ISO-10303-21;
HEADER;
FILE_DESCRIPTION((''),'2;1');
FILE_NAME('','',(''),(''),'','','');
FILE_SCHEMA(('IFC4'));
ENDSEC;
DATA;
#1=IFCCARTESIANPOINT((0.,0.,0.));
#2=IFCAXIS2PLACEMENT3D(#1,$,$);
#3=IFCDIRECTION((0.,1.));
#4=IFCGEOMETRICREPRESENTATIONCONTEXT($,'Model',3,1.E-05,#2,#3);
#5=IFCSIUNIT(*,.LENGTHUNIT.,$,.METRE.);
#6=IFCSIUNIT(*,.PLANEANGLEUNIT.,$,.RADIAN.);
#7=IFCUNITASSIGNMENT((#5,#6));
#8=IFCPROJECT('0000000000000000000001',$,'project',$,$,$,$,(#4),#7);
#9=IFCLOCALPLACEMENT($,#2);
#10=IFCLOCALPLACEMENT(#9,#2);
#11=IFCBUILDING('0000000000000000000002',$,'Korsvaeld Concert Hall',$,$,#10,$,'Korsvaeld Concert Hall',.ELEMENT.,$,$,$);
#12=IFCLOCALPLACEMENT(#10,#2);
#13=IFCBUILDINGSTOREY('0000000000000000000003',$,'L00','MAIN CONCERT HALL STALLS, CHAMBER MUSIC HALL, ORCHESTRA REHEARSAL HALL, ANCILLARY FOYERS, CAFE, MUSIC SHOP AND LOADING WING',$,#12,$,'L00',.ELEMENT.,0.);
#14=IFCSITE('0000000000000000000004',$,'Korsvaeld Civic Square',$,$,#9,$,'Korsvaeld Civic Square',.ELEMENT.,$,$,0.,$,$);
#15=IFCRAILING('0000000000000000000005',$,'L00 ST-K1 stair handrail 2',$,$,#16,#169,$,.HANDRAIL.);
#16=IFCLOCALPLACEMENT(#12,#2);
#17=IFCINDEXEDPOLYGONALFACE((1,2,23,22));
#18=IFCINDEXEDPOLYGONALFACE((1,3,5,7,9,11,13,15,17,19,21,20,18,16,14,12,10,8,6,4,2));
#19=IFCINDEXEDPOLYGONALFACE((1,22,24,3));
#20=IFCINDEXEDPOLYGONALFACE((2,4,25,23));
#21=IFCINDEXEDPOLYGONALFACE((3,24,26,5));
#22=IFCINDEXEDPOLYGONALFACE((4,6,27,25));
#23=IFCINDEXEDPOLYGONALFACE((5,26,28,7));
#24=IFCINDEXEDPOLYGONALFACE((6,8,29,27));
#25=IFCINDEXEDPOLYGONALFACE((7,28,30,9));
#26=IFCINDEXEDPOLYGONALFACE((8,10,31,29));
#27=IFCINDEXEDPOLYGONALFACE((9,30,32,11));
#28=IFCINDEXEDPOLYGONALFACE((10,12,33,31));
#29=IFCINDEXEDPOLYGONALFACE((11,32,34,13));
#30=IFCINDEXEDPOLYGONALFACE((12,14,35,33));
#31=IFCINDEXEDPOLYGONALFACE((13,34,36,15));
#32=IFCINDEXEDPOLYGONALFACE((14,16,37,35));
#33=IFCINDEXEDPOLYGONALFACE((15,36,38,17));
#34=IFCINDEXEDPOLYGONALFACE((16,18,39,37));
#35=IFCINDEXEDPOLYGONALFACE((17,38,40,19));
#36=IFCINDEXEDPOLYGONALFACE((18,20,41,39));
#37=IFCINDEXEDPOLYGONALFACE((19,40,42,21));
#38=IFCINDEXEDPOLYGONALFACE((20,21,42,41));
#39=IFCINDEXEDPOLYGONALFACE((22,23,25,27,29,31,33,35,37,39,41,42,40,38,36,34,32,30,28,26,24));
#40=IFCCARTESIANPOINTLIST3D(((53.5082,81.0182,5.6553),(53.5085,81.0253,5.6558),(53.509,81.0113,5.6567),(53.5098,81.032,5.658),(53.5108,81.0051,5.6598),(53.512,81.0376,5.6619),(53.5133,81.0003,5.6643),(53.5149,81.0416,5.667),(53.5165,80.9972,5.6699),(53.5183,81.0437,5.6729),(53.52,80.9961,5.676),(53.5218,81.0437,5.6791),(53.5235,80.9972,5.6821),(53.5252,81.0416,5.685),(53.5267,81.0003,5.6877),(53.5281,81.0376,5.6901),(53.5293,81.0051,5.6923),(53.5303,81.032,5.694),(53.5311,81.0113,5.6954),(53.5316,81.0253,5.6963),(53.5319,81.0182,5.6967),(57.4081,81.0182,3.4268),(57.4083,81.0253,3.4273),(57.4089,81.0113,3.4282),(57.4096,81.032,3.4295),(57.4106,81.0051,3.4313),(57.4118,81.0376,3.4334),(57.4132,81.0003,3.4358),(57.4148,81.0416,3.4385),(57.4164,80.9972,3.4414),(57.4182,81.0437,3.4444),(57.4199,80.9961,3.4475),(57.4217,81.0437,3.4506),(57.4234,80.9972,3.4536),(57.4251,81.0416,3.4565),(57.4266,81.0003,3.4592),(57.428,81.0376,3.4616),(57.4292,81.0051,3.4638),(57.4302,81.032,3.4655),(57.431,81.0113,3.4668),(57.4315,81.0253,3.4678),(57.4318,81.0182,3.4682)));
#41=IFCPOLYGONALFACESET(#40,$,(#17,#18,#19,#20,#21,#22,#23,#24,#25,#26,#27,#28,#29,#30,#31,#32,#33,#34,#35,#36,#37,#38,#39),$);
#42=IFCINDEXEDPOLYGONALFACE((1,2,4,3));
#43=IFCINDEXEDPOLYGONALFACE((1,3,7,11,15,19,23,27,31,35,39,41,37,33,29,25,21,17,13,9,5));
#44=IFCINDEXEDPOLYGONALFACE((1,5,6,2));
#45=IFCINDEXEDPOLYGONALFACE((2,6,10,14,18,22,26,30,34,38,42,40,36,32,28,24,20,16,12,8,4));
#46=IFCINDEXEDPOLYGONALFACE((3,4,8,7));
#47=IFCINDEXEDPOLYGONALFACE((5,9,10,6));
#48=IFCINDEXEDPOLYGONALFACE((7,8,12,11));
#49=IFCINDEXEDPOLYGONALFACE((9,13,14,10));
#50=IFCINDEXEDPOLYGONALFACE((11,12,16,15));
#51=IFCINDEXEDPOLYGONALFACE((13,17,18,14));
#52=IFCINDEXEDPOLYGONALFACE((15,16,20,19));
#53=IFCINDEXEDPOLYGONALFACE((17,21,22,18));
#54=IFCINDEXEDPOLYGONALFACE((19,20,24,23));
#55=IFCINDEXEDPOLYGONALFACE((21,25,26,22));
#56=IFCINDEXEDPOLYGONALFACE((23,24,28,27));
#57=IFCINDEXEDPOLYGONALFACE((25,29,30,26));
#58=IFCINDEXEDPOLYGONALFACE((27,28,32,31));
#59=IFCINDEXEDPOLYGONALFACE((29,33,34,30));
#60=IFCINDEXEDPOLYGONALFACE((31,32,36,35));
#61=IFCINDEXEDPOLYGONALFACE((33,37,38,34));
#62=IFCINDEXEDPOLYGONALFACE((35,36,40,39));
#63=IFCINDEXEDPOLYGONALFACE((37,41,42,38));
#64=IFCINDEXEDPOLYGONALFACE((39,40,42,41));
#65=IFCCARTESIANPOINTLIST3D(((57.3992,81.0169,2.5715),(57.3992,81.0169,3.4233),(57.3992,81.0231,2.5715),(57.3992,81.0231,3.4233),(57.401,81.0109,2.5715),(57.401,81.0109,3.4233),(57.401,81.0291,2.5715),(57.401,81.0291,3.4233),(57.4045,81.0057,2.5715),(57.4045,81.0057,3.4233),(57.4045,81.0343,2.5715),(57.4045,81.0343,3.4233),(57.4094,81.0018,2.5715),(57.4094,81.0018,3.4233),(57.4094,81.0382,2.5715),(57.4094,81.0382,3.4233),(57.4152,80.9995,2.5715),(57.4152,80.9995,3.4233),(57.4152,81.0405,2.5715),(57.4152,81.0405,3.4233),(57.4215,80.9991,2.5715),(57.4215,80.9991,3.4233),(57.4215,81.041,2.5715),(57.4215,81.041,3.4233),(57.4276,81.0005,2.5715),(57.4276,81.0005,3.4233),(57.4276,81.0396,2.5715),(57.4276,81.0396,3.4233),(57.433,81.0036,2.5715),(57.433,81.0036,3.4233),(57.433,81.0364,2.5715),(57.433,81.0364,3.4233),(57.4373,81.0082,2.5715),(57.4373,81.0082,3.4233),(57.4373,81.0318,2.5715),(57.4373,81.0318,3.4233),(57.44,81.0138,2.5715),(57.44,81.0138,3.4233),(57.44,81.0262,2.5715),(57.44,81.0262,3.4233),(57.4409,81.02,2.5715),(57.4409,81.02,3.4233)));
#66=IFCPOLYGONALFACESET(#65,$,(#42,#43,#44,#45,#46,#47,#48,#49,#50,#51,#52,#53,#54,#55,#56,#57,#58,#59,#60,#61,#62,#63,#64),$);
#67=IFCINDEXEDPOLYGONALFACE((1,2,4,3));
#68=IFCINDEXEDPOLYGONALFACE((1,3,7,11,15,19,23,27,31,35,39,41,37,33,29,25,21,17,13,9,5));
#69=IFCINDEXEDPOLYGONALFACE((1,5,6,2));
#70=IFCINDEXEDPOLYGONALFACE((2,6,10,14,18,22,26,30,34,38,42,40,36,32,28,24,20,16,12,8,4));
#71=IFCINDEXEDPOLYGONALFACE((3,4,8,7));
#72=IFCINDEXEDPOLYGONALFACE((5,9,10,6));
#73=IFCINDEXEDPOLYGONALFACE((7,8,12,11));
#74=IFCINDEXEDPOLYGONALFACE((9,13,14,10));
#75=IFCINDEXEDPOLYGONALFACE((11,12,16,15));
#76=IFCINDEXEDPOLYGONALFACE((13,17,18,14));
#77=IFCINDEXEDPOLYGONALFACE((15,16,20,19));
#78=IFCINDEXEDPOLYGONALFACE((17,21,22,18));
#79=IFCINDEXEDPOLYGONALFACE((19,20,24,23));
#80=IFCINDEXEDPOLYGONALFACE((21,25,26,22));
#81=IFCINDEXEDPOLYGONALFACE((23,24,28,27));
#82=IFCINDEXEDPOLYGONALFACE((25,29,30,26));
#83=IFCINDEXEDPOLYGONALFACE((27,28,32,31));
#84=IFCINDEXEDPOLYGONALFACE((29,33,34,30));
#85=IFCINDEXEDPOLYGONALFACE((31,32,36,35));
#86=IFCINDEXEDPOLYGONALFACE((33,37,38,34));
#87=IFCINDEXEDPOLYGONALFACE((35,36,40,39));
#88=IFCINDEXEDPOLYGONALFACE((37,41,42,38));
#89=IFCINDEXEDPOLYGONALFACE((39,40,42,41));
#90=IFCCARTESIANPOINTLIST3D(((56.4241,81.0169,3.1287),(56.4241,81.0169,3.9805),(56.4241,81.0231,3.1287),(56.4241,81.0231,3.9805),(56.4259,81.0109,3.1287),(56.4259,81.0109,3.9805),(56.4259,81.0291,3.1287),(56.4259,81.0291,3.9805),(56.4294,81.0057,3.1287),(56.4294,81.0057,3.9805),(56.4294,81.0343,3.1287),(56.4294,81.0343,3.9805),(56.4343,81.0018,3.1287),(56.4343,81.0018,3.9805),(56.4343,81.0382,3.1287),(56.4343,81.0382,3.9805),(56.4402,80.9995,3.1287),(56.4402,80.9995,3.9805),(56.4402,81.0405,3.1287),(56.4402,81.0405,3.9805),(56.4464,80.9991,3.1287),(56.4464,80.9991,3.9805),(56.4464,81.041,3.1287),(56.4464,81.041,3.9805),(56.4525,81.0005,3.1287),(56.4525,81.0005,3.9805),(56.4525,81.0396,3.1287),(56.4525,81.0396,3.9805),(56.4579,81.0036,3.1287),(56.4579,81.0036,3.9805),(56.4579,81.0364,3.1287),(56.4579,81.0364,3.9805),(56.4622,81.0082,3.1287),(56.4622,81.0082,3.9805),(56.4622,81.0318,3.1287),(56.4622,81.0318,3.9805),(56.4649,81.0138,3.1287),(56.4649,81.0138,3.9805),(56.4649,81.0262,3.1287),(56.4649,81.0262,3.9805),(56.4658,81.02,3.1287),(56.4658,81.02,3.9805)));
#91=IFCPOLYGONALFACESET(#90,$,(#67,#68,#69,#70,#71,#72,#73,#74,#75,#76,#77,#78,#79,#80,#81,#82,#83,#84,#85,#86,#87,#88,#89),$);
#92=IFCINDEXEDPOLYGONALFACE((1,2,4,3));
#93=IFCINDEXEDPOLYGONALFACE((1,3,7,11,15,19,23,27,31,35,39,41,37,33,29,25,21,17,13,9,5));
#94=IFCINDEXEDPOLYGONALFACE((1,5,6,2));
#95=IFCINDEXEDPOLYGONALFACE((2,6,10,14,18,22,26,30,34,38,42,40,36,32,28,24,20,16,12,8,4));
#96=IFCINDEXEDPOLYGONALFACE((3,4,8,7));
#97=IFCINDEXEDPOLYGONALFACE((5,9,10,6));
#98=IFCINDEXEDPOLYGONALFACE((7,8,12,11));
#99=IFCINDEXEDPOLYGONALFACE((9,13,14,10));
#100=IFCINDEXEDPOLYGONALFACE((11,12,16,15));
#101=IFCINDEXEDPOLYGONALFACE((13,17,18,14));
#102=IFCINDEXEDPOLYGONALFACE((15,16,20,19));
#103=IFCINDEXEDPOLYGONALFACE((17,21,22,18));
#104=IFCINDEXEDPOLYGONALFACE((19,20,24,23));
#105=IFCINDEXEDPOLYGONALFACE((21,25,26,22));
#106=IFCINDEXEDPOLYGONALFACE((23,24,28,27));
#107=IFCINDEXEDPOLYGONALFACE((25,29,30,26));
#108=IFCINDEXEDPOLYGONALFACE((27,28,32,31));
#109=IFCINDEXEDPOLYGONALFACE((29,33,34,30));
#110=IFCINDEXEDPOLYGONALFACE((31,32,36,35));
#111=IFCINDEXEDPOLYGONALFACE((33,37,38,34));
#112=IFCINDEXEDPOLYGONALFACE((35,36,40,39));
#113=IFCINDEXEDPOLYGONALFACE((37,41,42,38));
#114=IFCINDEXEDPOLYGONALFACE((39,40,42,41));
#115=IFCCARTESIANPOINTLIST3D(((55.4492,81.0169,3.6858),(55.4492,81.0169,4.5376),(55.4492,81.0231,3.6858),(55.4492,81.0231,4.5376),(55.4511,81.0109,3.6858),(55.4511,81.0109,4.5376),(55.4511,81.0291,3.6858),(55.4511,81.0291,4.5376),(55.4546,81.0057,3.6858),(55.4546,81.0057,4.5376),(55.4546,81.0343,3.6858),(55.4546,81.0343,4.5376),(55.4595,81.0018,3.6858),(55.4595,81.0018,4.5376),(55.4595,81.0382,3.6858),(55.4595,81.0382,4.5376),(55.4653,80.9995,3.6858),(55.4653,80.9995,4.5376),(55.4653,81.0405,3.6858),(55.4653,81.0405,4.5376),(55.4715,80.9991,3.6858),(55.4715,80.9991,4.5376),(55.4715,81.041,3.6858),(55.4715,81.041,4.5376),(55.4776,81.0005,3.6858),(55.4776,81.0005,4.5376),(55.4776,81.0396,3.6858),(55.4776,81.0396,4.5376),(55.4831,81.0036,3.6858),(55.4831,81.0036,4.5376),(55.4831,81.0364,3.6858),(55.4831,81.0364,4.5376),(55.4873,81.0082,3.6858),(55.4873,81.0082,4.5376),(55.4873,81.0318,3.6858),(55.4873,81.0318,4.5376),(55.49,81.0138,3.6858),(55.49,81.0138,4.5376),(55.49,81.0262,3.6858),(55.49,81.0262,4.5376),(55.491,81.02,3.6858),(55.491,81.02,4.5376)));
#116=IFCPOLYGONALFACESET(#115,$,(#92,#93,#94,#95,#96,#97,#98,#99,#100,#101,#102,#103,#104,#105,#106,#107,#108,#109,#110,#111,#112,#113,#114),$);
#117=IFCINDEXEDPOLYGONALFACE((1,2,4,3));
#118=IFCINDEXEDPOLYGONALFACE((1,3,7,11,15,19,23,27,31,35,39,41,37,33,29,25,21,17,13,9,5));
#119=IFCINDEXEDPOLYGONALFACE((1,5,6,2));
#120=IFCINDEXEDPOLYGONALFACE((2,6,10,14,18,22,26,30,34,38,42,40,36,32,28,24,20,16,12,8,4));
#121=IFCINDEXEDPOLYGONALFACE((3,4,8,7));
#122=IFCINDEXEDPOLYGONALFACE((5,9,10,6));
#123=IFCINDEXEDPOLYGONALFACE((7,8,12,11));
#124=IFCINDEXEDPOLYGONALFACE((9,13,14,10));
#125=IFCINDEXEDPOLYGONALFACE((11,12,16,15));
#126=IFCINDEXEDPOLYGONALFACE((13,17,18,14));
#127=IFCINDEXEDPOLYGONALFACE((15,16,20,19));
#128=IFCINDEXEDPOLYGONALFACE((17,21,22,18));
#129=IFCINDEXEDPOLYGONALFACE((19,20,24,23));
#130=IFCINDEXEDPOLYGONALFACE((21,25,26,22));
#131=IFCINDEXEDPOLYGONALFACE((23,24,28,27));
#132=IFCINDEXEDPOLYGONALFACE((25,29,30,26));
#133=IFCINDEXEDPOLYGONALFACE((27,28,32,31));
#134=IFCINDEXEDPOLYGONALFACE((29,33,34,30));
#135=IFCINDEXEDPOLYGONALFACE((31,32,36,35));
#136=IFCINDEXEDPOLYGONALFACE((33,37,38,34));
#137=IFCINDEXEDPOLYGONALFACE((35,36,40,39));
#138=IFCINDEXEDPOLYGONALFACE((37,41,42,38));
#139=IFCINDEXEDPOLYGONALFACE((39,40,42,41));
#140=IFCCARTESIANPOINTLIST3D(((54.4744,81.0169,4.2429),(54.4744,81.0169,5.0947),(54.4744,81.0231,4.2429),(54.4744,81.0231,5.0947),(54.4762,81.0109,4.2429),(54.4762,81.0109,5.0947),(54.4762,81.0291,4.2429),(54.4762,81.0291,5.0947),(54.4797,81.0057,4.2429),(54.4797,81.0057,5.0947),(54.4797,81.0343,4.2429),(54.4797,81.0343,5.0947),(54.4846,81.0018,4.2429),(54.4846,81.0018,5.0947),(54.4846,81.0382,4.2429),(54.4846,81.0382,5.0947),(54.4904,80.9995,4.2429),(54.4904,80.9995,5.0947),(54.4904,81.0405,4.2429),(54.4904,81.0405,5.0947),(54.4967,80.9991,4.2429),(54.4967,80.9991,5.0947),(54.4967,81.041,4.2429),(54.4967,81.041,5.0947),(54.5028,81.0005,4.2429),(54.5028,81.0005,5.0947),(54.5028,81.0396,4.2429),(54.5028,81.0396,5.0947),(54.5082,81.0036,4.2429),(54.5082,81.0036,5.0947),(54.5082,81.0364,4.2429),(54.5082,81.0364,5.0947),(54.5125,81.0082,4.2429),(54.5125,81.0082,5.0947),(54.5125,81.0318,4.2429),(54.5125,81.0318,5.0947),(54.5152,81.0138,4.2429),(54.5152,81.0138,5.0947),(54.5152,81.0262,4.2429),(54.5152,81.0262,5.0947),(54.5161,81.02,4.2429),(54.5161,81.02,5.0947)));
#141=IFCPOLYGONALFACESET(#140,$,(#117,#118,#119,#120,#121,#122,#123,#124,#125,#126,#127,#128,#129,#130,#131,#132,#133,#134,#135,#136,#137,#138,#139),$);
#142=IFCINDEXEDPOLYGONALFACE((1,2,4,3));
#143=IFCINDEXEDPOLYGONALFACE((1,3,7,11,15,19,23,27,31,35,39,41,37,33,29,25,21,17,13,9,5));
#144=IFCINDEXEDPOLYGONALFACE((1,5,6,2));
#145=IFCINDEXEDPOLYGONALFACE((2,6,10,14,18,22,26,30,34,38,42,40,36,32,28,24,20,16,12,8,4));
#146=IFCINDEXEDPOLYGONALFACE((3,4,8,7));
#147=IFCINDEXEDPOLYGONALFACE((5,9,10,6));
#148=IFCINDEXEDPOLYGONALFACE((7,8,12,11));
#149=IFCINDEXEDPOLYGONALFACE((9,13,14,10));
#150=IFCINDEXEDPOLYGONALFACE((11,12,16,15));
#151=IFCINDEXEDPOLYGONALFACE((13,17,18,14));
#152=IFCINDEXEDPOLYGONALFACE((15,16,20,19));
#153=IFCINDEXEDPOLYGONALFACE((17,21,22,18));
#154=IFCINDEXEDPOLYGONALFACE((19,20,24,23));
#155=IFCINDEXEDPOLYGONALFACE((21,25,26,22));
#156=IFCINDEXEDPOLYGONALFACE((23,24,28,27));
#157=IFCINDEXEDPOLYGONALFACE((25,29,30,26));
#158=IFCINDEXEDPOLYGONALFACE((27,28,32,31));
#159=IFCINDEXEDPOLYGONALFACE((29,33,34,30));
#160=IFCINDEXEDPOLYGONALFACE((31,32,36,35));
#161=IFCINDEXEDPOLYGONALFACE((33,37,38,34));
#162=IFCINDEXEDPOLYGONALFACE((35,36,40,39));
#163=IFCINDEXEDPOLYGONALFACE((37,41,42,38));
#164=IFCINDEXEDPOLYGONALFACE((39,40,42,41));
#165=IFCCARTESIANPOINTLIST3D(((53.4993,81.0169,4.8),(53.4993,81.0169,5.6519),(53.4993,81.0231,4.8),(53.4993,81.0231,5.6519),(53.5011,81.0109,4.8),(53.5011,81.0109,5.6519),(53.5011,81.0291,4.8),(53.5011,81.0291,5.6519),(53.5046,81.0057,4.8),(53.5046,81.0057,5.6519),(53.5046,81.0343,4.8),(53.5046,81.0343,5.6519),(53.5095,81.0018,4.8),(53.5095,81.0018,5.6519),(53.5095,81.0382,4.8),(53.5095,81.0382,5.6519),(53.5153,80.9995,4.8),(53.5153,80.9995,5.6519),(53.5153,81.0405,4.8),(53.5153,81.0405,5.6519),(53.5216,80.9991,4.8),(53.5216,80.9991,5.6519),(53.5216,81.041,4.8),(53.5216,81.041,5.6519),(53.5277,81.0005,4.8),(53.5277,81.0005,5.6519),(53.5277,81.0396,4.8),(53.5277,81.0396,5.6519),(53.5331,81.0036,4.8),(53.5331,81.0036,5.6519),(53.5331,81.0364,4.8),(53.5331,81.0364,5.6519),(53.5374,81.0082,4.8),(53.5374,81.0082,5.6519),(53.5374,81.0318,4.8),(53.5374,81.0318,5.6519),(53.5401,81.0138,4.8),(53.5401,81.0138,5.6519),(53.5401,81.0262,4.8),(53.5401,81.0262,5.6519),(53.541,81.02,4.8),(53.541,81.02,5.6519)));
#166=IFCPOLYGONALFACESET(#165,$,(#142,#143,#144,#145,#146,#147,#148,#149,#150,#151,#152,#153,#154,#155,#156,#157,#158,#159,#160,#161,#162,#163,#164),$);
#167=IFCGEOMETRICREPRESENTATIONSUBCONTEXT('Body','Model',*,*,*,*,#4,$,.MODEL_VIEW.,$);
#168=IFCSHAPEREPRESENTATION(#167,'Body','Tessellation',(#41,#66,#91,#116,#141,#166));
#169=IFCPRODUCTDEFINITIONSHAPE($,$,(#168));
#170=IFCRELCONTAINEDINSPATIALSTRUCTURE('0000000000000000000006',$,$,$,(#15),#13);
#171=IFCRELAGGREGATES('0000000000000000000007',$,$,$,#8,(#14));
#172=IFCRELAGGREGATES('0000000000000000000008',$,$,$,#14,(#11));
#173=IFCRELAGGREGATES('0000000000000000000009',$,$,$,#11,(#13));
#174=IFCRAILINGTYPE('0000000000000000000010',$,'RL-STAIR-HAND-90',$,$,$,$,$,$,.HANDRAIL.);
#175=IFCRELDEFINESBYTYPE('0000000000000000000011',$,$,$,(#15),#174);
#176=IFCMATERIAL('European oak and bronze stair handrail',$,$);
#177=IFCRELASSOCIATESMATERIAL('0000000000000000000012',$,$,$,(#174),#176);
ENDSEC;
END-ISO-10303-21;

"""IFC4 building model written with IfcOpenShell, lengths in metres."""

from ifc_helpers import new_model, si_unit, direction, frame, origin, origin_2d, place, context, subcontext, project, spatial, circle, extrude, material, type_object, element, save


model = new_model("IFC4")

# Units and contexts
model_context = context("Model", 3, precision=1e-05, world=origin(), true_north=direction((0.0, 1.0)))
body_context = subcontext(model_context, "Body", "Model", "MODEL_VIEW")
ifc_project = project(units=[si_unit("LENGTHUNIT", "METRE"), si_unit("PLANEANGLEUNIT", "RADIAN")], contexts=[model_context])

# Site, building, storey
site_placement = place(None, origin())
site = spatial("IfcSite", under=ifc_project, at=site_placement, Name="Korsvaeld Civic Square", LongName="Korsvaeld Civic Square", CompositionType="ELEMENT", RefElevation=0.0)
building_placement = place(site_placement, origin())
building = spatial("IfcBuilding", under=site, at=building_placement, Name="Korsvaeld Concert Hall", LongName="Korsvaeld Concert Hall", CompositionType="ELEMENT")
storey_placement = place(building_placement, origin())
storey = spatial("IfcBuildingStorey", under=building, at=storey_placement, Name="L00", Description="MAIN CONCERT HALL STALLS, CHAMBER MUSIC HALL, ORCHESTRA REHEARSAL HALL, ANCILLARY FOYERS, CAFE, MUSIC SHOP AND LOADING WING", LongName="L00", CompositionType="ELEMENT", Elevation=0.0)

# Railing
ifc_material_1 = material(Name="European oak and bronze stair handrail")
railing_type_1 = type_object("IfcRailingType", Name="RL-STAIR-HAND-90", PredefinedType="HANDRAIL", material=ifc_material_1)
railing_1_placement = place(storey_placement, frame((57.4199, 81.02, 2.5715)))
element("IfcRailing", 1, at=railing_1_placement, inside=storey, type_object=railing_type_1, Name="L00 ST-K1 stair handrail 2", PredefinedType="HANDRAIL", context=body_context, shape_type="SweptSolid", body=[
    extrude(circle(Radius=0.0239, at=origin_2d()), frame((0.0, 0.0, 0.876), z_axis=(-0.868243, 0.0, 0.496139), x_axis=(0.0, -1.0, 0.0)), (0.0, 0.0, 1.0), 4.4917),
    extrude(circle(Radius=0.021, at=origin_2d()), origin(), (0.0, 0.0, 1.0), 0.8518),
    extrude(circle(Radius=0.021, at=origin_2d()), frame((-0.9751, 0.0, 0.5571)), (0.0, 0.0, 1.0), 0.8518),
    extrude(circle(Radius=0.021, at=origin_2d()), frame((-1.95, 0.0, 1.1143)), (0.0, 0.0, 1.0), 0.8518),
    extrude(circle(Radius=0.021, at=origin_2d()), frame((-2.9248, 0.0, 1.6714)), (0.0, 0.0, 1.0), 0.8518),
    extrude(circle(Radius=0.021, at=origin_2d()), frame((-3.8999, 0.0, 2.2285)), (0.0, 0.0, 1.0), 0.8518),
])

save(model, "model.ifc")
